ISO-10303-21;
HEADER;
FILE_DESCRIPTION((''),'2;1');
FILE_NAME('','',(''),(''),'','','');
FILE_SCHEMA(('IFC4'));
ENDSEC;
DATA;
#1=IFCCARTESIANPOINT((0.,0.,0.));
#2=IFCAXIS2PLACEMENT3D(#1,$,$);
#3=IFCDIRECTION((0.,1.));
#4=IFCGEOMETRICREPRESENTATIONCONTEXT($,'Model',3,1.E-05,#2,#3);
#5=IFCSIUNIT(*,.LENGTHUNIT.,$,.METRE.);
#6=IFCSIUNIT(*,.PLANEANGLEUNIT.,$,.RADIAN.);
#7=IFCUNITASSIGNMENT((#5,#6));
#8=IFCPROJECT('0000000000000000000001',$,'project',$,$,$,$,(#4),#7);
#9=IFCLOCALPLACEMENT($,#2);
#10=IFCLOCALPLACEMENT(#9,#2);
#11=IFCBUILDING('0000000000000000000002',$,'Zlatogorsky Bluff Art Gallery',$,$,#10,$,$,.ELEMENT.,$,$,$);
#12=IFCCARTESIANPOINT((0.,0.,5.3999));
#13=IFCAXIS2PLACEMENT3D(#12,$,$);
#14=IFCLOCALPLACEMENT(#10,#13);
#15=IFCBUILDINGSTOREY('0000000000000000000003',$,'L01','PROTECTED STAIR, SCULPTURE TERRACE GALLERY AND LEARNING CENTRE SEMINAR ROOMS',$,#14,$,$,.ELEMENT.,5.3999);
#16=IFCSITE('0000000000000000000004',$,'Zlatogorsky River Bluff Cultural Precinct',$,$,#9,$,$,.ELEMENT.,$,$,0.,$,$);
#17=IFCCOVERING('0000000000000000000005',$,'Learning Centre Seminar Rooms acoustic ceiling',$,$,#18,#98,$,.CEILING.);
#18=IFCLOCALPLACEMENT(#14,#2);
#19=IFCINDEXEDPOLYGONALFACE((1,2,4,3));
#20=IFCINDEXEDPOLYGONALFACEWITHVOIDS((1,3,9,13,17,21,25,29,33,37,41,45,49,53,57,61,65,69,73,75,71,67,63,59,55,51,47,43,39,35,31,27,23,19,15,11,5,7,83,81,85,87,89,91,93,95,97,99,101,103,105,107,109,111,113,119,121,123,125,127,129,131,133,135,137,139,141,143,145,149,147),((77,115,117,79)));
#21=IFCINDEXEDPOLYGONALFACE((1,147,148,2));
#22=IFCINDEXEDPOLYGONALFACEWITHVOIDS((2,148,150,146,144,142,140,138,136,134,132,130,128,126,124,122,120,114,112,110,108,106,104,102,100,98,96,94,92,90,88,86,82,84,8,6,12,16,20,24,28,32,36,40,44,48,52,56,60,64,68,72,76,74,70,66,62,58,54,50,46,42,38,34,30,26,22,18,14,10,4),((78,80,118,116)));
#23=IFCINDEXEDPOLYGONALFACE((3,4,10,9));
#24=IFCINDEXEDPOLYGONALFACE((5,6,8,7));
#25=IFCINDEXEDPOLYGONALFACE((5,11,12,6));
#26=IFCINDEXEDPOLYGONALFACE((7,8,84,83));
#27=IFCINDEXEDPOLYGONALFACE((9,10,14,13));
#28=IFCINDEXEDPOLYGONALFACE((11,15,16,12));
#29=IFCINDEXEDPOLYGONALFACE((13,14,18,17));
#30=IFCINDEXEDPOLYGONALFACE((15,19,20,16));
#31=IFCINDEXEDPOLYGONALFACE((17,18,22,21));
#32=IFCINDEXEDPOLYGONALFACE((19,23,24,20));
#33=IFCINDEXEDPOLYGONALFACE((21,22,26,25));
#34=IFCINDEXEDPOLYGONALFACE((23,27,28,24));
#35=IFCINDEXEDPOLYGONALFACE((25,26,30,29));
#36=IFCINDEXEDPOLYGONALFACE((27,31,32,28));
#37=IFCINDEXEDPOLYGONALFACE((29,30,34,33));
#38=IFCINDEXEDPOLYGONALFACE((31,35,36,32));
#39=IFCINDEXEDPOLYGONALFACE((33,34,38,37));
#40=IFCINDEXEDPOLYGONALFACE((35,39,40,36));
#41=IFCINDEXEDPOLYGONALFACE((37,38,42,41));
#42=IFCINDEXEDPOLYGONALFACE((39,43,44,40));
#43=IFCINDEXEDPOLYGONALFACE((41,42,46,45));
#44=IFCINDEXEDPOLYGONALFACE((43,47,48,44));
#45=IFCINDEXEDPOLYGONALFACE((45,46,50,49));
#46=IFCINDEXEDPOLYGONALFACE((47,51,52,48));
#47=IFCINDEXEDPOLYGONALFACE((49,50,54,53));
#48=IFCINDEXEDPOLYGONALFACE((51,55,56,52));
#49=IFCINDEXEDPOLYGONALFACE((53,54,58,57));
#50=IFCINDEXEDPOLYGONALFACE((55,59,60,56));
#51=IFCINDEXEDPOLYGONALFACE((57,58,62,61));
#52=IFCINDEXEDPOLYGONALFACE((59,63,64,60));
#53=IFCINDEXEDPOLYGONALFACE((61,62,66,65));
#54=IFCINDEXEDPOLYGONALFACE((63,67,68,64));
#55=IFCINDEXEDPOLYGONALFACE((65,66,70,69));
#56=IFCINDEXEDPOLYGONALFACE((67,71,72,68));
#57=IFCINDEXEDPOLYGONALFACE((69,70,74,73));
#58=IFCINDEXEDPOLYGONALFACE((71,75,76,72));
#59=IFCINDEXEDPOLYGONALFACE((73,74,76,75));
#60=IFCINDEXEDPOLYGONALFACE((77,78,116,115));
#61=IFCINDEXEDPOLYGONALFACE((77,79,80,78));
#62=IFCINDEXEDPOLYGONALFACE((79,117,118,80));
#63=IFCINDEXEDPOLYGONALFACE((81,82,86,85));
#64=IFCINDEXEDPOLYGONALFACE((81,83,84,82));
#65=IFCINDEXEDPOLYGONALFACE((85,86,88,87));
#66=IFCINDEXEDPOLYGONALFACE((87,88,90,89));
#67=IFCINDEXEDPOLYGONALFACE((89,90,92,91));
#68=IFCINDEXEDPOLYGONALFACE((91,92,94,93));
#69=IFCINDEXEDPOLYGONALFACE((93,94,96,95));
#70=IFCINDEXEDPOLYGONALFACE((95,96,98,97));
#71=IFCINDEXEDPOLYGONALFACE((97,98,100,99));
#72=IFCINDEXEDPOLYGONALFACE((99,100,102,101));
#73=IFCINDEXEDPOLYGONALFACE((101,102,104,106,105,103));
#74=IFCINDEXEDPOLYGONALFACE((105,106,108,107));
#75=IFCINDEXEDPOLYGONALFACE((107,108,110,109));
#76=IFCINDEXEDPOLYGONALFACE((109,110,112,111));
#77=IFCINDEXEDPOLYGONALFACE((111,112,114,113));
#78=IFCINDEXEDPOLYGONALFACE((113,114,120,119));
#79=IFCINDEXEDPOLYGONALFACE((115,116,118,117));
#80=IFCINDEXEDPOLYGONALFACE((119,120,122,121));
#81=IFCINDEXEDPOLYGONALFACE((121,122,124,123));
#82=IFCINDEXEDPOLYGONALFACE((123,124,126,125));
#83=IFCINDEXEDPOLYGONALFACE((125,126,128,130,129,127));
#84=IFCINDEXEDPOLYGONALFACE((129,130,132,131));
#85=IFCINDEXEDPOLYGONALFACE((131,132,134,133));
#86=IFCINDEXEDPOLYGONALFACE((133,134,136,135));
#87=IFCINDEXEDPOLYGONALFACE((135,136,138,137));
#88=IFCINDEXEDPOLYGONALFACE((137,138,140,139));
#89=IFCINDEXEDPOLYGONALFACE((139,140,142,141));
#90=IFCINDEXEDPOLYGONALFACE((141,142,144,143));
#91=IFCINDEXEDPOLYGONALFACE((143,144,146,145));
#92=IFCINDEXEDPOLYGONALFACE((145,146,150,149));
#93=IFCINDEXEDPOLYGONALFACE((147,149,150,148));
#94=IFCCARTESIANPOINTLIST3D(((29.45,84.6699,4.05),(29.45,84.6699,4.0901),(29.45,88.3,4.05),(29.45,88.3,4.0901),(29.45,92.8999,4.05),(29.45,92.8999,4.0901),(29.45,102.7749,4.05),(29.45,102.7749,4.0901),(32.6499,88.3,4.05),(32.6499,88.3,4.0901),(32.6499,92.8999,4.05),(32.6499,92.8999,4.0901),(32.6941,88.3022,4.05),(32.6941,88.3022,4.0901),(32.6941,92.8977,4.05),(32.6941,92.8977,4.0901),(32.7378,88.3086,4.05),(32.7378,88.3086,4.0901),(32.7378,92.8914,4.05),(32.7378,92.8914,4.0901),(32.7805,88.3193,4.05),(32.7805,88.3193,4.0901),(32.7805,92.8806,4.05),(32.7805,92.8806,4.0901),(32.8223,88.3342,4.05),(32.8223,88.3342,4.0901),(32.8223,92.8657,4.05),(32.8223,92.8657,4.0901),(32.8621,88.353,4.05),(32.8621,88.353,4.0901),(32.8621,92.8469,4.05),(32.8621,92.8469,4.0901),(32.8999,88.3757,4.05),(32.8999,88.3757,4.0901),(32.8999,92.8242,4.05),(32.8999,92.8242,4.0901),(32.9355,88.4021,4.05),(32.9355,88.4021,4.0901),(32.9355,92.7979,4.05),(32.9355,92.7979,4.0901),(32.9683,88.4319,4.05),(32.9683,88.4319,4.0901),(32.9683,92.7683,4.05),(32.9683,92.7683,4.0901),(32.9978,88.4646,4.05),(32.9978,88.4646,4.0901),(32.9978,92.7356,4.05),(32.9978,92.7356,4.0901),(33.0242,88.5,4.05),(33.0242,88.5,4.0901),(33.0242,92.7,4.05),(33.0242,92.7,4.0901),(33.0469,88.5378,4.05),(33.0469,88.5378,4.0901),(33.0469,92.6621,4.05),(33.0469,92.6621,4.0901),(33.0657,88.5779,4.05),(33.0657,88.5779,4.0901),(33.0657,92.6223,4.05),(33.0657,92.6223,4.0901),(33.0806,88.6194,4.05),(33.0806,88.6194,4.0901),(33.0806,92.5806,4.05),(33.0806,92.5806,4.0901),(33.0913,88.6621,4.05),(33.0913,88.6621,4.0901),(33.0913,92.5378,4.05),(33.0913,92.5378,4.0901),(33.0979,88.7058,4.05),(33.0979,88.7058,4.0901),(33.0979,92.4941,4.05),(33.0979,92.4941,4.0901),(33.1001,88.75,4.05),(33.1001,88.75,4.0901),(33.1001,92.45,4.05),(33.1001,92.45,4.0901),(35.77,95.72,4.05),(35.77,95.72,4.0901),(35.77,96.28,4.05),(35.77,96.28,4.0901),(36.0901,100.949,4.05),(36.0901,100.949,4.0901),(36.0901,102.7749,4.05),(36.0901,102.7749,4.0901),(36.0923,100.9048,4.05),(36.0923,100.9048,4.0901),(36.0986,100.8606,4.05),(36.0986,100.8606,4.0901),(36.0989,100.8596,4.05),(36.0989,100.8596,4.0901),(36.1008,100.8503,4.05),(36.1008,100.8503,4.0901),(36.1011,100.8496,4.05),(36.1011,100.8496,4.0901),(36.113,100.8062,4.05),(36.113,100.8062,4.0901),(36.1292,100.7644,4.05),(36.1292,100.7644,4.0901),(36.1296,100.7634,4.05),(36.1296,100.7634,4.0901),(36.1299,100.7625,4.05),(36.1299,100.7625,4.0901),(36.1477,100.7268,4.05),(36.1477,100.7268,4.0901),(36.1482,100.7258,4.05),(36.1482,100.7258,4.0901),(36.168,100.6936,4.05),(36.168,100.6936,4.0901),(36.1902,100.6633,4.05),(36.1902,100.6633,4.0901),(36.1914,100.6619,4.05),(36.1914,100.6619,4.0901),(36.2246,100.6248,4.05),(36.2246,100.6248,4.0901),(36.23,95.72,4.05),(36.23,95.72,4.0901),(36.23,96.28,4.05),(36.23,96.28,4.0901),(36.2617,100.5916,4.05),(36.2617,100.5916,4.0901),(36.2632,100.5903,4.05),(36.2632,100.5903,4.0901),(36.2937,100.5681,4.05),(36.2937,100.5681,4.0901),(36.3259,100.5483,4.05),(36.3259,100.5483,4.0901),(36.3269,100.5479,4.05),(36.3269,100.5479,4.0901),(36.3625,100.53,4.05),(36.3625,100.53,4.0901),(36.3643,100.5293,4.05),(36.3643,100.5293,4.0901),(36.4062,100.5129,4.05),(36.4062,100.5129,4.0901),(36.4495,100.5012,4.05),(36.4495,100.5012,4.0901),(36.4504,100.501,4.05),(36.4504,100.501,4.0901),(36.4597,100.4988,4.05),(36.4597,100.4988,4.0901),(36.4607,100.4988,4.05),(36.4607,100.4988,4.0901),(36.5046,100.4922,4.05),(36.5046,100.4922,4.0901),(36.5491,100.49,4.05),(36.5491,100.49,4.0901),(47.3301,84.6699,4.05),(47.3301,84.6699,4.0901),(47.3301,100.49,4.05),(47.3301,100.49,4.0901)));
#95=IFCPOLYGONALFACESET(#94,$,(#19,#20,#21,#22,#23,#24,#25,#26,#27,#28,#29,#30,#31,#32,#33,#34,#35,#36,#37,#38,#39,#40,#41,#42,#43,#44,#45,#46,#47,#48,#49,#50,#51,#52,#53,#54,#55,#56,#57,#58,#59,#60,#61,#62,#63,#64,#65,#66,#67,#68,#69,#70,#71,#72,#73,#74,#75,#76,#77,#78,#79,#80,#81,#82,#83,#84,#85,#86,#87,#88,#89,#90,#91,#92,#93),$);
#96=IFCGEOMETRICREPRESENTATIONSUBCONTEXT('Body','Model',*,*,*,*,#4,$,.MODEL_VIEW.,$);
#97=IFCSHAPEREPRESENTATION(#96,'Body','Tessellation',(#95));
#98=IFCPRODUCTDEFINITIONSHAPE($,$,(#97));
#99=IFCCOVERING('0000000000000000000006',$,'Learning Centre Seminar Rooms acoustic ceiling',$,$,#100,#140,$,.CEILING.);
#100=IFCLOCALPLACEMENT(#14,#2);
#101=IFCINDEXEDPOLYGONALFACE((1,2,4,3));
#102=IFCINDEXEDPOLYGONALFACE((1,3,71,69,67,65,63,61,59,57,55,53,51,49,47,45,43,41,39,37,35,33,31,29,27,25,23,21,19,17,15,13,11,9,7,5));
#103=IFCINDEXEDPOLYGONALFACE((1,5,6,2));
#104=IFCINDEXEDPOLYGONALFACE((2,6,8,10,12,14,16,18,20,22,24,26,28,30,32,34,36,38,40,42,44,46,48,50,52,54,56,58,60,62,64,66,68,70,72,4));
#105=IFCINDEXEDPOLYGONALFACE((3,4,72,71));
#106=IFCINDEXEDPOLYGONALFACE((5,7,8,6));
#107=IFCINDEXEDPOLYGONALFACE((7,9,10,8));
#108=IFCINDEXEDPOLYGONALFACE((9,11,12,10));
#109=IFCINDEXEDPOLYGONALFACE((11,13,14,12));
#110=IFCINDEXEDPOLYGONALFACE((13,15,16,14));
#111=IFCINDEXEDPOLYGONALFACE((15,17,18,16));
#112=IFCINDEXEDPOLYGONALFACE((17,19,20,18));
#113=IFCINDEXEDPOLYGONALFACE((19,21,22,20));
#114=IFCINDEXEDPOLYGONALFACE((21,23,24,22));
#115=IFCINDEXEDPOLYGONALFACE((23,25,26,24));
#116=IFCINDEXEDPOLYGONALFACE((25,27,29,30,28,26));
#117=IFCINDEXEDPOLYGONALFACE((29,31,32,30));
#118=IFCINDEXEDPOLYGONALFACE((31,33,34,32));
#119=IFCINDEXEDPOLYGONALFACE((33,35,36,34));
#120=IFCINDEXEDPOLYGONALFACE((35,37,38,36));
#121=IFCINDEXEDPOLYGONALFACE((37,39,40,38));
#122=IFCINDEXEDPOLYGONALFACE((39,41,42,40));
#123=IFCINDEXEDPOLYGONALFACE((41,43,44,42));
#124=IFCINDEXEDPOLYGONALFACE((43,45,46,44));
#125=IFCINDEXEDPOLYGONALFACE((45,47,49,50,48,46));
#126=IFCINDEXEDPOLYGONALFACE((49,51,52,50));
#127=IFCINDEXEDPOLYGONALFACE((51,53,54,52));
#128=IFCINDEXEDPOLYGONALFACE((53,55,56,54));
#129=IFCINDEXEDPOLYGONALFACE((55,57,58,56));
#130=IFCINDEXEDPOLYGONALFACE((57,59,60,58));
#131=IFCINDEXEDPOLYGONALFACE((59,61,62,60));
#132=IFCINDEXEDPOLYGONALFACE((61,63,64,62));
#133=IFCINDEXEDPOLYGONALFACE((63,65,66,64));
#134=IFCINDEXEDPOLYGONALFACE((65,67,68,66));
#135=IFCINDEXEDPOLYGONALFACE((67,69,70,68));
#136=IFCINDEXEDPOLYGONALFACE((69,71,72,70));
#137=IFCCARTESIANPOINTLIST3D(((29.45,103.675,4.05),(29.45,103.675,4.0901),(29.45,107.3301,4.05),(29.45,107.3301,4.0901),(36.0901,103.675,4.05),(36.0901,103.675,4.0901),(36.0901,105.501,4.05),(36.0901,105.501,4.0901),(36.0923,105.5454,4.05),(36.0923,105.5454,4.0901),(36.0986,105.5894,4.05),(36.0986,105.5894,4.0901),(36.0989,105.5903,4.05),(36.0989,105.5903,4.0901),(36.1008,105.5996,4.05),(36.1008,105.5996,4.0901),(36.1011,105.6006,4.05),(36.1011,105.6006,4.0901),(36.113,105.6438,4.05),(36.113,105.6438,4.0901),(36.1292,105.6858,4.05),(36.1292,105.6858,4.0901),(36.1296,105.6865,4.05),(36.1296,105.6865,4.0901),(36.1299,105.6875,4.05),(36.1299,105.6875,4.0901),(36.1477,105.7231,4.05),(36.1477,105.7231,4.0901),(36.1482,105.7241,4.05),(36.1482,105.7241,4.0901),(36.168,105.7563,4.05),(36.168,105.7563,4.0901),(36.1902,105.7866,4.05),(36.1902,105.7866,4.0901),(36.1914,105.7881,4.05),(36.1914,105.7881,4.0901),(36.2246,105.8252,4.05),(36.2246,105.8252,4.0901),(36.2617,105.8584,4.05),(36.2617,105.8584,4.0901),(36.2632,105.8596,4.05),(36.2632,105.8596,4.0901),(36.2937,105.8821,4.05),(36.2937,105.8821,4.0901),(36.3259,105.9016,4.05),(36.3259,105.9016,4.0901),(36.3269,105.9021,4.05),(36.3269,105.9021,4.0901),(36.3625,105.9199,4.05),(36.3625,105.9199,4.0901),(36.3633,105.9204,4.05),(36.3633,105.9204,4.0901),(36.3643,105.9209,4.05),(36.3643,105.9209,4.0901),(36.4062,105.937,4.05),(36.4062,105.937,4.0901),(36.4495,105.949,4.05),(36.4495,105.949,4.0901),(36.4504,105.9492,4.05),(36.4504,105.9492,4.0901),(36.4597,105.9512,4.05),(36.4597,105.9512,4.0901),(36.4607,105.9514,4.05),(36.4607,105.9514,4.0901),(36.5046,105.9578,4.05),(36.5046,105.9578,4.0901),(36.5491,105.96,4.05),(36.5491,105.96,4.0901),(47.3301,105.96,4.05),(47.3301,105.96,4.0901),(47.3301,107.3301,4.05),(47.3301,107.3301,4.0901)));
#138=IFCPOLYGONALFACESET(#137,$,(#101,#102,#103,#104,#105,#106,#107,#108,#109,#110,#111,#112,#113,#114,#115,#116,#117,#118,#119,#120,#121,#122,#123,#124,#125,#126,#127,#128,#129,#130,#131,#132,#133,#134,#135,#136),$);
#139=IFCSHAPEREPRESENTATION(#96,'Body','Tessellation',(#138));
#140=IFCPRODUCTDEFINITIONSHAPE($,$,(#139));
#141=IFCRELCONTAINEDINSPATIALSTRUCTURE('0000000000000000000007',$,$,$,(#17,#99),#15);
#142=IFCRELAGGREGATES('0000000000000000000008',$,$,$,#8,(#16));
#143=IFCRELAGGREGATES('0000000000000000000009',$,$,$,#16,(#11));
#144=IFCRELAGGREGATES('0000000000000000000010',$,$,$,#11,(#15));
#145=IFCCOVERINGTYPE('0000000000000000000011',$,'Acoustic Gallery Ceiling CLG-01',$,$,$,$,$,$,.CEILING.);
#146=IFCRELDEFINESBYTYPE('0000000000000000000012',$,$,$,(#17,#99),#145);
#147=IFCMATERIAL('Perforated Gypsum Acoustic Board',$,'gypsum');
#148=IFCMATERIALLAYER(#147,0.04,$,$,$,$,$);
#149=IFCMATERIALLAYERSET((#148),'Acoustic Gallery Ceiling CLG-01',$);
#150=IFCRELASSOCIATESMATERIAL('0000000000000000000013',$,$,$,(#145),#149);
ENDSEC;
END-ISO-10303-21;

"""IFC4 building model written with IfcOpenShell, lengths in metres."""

from ifc_helpers import new_model, si_unit, direction, frame, origin, place, context, subcontext, project, spatial, polyline, outline, extrude, material, layer, layer_set, type_object, element, save


model = new_model("IFC4")

# Units and contexts
model_context = context("Model", 3, precision=1e-05, world=origin(), true_north=direction((0.0, 1.0)))
body_context = subcontext(model_context, "Body", "Model", "MODEL_VIEW")
ifc_project = project(units=[si_unit("LENGTHUNIT", "METRE"), si_unit("PLANEANGLEUNIT", "RADIAN")], contexts=[model_context])

# Site, building, storey
site_placement = place(None, origin())
site = spatial("IfcSite", under=ifc_project, at=site_placement, Name="Zlatogorsky River Bluff Cultural Precinct", CompositionType="ELEMENT", RefElevation=0.0)
building_placement = place(site_placement, origin())
building = spatial("IfcBuilding", under=site, at=building_placement, Name="Zlatogorsky Bluff Art Gallery", CompositionType="ELEMENT")
storey_placement = place(building_placement, frame((0.0, 0.0, 5.3999)))
storey = spatial("IfcBuildingStorey", under=building, at=storey_placement, Name="L01", Description="PROTECTED STAIR, SCULPTURE TERRACE GALLERY AND LEARNING CENTRE SEMINAR ROOMS", CompositionType="ELEMENT", Elevation=5.3999)

# Coverings
ifc_material_1 = material(Name="Perforated Gypsum Acoustic Board", Category="gypsum")
ifc_layer_1 = layer(ifc_material_1, 0.04)
ifc_layer_set_1 = layer_set([ifc_layer_1], Name="Acoustic Gallery Ceiling CLG-01")
covering_type_1 = type_object("IfcCoveringType", Name="Acoustic Gallery Ceiling CLG-01", PredefinedType="CEILING", material=ifc_layer_set_1)
covering_1_placement = place(storey_placement, frame((0.0, 0.0, 4.05)))
element("IfcCovering", 1, at=covering_1_placement, inside=storey, type_object=covering_type_1, Name="Learning Centre Seminar Rooms acoustic ceiling", PredefinedType="CEILING", context=body_context, shape_type="SweptSolid", body=[
    extrude(outline(polyline([(32.6499, 88.3), (32.6941, 88.3022), (32.7378, 88.3086), (32.7805, 88.3193), (32.8223, 88.3342), (32.8621, 88.353), (32.8999, 88.3757), (32.9355, 88.4021), (32.9683, 88.4319), (32.9978, 88.4646), (33.0242, 88.5), (33.0469, 88.5378), (33.0657, 88.5779), (33.0806, 88.6194), (33.0913, 88.6621), (33.0979, 88.7058), (33.1001, 88.75), (33.1001, 92.45), (33.0979, 92.4941), (33.0913, 92.5378), (33.0806, 92.5806), (33.0657, 92.6223), (33.0469, 92.6621), (33.0242, 92.7), (32.9978, 92.7356), (32.9683, 92.7683), (32.9355, 92.7979), (32.8999, 92.8242), (32.8621, 92.8469), (32.8223, 92.8657), (32.7805, 92.8806), (32.7378, 92.8914), (32.6941, 92.8977), (32.6499, 92.8999), (29.45, 92.8999), (29.45, 102.7749), (36.0901, 102.7749), (36.0901, 100.949), (36.0923, 100.9048), (36.0986, 100.8606), (36.0989, 100.8596), (36.1008, 100.8503), (36.1011, 100.8496), (36.113, 100.8062), (36.1292, 100.7644), (36.1296, 100.7634), (36.1299, 100.7625), (36.1477, 100.7268), (36.1482, 100.7258), (36.168, 100.6936), (36.1902, 100.6633), (36.1914, 100.6619), (36.2246, 100.6248), (36.2617, 100.5916), (36.2632, 100.5903), (36.2937, 100.5681), (36.3259, 100.5483), (36.3269, 100.5479), (36.3625, 100.53), (36.3643, 100.5293), (36.4062, 100.5129), (36.4495, 100.5012), (36.4504, 100.501), (36.4597, 100.4988), (36.4607, 100.4988), (36.5046, 100.4922), (36.5491, 100.49), (47.3301, 100.49), (47.3301, 84.6699), (29.45, 84.6699), (29.45, 88.3), (32.6499, 88.3)]), holes=[polyline([(35.77, 95.72), (36.23, 95.72), (36.23, 96.28), (35.77, 96.28), (35.77, 95.72)])]), origin(), (0.0, 0.0, 1.0), 0.04),
])
covering_2_placement = place(storey_placement, frame((0.0, 0.0, 4.05)))
element("IfcCovering", 2, at=covering_2_placement, inside=storey, type_object=covering_type_1, Name="Learning Centre Seminar Rooms acoustic ceiling", PredefinedType="CEILING", context=body_context, shape_type="SweptSolid", body=[
    extrude(outline(polyline([(36.5491, 105.96), (36.5046, 105.9578), (36.4607, 105.9514), (36.4597, 105.9512), (36.4504, 105.9492), (36.4495, 105.949), (36.4062, 105.937), (36.3643, 105.9209), (36.3633, 105.9204), (36.3625, 105.9199), (36.3269, 105.9021), (36.3259, 105.9016), (36.2937, 105.8821), (36.2632, 105.8596), (36.2617, 105.8584), (36.2246, 105.8252), (36.1914, 105.7881), (36.1902, 105.7866), (36.168, 105.7563), (36.1482, 105.7241), (36.1477, 105.7231), (36.1299, 105.6875), (36.1296, 105.6865), (36.1292, 105.6858), (36.113, 105.6438), (36.1011, 105.6006), (36.1008, 105.5996), (36.0989, 105.5903), (36.0986, 105.5894), (36.0923, 105.5454), (36.0901, 105.501), (36.0901, 103.675), (29.45, 103.675), (29.45, 107.3301), (47.3301, 107.3301), (47.3301, 105.96), (36.5491, 105.96)])), origin(), (0.0, 0.0, 1.0), 0.04),
])

save(model, "model.ifc")
